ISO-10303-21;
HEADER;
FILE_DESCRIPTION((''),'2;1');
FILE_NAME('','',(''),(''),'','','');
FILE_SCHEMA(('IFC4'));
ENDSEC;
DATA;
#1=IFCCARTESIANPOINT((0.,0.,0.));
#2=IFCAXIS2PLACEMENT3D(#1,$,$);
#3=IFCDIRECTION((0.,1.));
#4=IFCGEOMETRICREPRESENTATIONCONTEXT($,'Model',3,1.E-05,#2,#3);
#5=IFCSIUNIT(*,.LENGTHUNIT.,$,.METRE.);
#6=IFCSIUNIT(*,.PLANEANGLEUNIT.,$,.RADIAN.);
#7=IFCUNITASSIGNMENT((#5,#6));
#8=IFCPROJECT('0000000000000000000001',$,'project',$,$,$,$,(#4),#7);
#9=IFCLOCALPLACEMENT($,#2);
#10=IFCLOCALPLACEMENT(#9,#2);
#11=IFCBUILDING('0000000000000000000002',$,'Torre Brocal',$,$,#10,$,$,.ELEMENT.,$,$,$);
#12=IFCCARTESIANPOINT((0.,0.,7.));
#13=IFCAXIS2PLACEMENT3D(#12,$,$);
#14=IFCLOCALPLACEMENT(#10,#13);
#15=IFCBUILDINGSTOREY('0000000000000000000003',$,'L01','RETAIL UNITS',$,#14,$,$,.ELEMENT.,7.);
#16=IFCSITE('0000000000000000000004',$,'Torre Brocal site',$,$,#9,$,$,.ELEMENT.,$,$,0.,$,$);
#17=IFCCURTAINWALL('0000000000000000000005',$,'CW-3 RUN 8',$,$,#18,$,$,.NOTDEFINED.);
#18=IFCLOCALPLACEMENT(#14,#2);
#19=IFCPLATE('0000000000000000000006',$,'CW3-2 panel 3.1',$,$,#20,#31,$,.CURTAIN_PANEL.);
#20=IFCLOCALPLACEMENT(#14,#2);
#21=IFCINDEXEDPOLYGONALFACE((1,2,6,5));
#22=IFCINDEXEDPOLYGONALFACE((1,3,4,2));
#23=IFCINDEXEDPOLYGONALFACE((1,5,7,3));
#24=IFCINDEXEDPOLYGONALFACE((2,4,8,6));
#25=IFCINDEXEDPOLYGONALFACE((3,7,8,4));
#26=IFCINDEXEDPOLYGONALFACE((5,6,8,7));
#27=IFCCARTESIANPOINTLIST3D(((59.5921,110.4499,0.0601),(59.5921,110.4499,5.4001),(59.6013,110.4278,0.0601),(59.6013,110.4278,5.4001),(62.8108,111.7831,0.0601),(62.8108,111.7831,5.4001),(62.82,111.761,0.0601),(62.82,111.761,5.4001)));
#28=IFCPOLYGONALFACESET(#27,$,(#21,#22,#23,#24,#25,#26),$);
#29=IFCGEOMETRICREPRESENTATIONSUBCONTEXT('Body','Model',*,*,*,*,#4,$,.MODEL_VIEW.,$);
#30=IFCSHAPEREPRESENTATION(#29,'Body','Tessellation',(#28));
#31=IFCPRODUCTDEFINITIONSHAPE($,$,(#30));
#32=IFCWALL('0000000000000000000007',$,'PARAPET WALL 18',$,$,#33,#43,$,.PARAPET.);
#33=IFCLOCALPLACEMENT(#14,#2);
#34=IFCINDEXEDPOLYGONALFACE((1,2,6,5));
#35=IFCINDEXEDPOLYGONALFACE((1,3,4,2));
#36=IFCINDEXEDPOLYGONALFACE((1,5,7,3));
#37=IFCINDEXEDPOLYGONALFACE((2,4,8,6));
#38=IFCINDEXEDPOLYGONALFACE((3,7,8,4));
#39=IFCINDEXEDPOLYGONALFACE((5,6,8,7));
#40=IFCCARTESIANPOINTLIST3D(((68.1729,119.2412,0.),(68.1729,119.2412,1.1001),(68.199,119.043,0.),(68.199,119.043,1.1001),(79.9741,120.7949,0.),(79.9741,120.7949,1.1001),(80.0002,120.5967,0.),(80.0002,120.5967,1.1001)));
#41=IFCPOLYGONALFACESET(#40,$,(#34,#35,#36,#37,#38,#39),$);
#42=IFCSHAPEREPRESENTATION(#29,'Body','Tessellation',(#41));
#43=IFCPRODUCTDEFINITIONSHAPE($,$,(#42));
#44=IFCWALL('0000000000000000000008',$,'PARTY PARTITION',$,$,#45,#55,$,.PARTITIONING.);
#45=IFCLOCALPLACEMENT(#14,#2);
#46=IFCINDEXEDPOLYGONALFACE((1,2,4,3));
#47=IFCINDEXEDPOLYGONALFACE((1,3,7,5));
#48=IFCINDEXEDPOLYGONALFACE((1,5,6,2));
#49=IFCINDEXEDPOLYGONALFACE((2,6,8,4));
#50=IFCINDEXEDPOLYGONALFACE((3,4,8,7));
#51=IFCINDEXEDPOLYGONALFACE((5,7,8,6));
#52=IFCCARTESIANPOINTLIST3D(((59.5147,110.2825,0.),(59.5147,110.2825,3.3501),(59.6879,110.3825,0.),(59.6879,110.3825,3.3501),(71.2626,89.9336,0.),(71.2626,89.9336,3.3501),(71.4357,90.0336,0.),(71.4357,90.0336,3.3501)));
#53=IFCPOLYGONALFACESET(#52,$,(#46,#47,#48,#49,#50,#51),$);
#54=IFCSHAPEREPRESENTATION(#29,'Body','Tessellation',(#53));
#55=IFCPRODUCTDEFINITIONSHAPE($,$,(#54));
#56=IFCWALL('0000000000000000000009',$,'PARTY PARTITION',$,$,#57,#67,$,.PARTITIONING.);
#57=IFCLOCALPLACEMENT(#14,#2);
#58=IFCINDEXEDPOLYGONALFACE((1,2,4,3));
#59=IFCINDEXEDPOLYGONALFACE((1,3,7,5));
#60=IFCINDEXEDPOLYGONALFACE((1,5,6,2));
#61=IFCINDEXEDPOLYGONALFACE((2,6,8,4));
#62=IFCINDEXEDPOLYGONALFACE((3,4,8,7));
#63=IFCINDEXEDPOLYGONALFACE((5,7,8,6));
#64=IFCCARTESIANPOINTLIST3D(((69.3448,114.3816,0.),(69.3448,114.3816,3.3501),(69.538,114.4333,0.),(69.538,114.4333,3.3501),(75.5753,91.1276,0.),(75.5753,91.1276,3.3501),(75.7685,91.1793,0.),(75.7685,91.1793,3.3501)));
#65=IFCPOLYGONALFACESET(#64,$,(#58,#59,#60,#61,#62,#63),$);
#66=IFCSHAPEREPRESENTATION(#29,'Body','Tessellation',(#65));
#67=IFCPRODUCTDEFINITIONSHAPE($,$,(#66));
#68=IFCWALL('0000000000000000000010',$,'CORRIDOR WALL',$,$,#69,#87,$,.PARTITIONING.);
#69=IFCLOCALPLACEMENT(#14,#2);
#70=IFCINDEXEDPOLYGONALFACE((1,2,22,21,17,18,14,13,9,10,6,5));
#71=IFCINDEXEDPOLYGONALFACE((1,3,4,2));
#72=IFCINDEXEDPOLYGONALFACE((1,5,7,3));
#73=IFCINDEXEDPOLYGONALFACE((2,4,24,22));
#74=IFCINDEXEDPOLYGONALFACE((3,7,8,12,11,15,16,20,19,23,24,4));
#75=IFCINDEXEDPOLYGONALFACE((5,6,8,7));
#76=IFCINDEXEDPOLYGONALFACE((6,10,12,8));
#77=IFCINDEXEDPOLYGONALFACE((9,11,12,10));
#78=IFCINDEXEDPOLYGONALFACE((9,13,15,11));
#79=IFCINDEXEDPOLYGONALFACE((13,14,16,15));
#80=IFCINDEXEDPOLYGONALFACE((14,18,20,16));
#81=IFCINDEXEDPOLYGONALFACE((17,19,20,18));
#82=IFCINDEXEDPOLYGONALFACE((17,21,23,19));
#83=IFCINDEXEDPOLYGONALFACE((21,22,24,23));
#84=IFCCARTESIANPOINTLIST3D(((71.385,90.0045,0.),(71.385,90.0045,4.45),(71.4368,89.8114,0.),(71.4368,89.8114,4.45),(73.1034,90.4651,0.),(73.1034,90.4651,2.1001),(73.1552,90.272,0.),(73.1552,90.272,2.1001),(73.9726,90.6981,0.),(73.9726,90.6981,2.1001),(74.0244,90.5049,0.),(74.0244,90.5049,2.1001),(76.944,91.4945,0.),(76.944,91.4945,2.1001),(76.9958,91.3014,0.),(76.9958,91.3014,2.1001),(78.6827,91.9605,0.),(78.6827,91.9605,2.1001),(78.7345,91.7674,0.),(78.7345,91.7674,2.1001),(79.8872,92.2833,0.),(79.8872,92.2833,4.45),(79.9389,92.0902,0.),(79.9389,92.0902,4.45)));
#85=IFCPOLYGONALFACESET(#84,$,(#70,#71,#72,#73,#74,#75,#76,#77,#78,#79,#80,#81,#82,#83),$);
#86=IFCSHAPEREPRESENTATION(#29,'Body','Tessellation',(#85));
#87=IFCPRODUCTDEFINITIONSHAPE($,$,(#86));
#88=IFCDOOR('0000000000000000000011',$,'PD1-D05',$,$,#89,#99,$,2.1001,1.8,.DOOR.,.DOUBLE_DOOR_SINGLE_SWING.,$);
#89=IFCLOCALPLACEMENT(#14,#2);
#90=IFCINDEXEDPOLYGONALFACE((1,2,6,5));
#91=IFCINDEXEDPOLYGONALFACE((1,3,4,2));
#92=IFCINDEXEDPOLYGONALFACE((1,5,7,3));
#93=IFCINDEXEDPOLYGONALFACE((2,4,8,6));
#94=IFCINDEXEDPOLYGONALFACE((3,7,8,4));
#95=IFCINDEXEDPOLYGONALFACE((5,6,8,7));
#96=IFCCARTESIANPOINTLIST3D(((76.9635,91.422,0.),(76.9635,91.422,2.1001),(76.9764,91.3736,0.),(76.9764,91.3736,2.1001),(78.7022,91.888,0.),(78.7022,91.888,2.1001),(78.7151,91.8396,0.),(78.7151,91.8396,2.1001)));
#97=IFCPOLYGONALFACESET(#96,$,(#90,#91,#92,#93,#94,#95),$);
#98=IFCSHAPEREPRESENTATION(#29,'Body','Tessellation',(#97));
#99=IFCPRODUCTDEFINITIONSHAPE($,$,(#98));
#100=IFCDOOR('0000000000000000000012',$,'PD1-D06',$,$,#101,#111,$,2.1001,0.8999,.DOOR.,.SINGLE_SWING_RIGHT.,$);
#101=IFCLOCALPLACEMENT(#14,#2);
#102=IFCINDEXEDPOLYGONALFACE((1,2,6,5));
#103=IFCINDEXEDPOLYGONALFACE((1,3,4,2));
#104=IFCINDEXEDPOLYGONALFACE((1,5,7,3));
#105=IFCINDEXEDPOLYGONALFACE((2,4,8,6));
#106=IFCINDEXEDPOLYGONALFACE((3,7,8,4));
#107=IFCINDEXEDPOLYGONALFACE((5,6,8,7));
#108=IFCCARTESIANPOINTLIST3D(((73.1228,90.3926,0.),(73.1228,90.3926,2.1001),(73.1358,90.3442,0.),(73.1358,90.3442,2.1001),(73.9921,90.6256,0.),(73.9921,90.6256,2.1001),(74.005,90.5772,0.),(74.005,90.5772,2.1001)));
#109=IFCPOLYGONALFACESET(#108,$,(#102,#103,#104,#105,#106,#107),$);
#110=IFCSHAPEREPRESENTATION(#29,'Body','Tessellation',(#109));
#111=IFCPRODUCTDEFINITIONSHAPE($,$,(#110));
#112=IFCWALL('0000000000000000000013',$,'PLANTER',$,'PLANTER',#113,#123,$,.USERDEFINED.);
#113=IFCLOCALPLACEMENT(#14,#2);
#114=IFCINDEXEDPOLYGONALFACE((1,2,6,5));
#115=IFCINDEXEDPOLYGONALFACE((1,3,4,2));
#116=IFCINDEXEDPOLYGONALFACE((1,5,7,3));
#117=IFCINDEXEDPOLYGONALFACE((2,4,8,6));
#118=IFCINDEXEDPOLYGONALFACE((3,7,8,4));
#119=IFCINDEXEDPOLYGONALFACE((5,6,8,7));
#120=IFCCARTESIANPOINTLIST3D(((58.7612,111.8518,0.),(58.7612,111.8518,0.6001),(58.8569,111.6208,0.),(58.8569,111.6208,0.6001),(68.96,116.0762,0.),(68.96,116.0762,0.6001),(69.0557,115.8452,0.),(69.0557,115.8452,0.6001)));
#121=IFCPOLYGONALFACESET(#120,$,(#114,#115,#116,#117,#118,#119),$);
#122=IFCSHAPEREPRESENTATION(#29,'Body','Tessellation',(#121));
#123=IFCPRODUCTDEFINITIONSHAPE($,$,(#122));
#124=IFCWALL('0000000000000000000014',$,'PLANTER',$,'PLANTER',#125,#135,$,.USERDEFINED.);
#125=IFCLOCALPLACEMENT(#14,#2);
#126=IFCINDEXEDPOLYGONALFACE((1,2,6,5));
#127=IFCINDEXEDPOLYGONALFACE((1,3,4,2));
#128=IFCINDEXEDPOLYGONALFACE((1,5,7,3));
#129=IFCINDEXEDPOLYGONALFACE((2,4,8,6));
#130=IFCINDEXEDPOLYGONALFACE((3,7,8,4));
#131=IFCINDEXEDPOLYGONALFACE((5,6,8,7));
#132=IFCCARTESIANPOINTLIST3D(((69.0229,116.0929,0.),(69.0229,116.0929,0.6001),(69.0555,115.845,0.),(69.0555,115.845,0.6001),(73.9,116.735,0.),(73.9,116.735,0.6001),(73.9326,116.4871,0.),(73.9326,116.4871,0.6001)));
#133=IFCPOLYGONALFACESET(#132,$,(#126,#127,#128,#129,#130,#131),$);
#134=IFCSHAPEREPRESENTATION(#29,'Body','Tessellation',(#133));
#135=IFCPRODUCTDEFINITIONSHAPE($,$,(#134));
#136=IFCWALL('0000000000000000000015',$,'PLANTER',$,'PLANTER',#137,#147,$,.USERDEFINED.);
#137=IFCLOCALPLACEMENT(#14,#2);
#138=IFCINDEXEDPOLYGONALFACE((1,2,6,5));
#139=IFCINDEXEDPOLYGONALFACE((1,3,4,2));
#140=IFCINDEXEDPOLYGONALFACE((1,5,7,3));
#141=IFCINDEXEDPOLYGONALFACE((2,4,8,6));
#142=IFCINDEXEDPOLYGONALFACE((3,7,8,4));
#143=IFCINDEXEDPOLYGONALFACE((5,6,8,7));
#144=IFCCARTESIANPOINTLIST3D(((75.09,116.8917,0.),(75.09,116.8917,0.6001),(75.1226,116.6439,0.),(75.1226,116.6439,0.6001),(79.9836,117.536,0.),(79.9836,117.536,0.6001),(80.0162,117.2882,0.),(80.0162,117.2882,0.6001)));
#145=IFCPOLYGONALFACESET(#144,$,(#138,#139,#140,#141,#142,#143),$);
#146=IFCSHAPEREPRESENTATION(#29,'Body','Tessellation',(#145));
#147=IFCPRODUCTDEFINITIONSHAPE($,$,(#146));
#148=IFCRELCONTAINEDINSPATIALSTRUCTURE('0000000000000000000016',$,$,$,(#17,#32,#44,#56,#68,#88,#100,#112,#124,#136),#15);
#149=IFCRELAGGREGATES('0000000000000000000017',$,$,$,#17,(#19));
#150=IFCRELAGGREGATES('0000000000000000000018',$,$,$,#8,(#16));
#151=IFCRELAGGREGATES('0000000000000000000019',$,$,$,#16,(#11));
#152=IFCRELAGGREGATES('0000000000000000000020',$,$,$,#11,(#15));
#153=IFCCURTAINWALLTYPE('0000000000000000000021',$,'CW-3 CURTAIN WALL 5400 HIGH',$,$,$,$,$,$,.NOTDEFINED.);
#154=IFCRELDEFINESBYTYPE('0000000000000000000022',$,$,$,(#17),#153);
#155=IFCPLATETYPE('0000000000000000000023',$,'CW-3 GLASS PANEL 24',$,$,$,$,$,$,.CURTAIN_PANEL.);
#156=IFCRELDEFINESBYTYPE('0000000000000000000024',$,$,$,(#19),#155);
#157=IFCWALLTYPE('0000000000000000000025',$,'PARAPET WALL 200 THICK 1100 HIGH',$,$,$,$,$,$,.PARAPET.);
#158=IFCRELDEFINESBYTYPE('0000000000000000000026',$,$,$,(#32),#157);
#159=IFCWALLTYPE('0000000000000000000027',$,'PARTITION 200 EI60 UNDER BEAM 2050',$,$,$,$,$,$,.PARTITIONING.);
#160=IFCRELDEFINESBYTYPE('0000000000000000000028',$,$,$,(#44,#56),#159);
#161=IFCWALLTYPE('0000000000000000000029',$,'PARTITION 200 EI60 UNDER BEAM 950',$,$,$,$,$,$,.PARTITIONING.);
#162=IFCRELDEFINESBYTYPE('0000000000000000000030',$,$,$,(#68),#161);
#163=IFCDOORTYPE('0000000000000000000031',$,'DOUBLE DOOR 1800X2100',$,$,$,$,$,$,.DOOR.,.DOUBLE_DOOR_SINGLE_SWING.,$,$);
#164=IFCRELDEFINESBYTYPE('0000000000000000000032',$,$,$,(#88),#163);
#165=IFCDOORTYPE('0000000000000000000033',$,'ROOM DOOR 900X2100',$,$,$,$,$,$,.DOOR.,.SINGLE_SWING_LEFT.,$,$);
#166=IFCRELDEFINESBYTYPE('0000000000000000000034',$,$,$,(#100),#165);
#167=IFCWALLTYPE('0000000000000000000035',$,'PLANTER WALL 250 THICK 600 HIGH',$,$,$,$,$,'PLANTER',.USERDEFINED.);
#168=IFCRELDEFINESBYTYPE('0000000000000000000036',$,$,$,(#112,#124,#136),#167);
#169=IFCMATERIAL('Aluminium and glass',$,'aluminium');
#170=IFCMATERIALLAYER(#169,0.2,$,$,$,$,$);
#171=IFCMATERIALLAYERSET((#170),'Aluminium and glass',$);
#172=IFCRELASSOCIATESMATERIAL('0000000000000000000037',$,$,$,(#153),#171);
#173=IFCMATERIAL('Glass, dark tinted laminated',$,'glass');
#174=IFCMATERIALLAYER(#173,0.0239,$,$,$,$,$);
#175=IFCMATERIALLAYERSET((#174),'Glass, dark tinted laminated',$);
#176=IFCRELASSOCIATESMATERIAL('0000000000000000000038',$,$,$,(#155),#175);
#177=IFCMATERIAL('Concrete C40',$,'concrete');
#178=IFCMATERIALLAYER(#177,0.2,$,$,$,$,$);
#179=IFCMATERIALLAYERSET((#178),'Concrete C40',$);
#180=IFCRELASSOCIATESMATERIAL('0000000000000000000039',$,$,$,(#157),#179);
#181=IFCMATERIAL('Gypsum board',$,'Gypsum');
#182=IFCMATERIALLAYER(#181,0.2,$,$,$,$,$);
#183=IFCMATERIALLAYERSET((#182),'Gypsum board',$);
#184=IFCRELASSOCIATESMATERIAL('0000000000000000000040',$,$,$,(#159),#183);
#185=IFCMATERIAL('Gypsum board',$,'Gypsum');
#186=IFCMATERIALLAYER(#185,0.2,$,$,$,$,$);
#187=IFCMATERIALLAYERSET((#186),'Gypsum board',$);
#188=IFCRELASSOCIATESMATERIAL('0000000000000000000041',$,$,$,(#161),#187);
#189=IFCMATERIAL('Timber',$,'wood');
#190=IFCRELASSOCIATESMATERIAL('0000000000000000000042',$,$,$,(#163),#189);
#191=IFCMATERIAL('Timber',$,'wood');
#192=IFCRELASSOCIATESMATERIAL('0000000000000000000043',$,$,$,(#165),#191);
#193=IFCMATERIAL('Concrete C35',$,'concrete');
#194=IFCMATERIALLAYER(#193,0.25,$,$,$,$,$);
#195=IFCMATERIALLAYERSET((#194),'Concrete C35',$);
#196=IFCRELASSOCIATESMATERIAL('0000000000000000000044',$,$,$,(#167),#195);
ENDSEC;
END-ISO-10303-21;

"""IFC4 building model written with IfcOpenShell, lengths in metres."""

from ifc_helpers import new_model, si_unit, direction, frame, frame_2d, origin, origin_2d, place, context, subcontext, project, spatial, rectangle, extrude, material, layer, layer_set, type_object, element, fill, aggregate, save


model = new_model("IFC4")

# Units and contexts
model_context = context("Model", 3, precision=1e-05, world=origin(), true_north=direction((0.0, 1.0)))
body_context = subcontext(model_context, "Body", "Model", "MODEL_VIEW")
ifc_project = project(units=[si_unit("LENGTHUNIT", "METRE"), si_unit("PLANEANGLEUNIT", "RADIAN")], contexts=[model_context])

# Site, building, storey
site_placement = place(None, origin())
site = spatial("IfcSite", under=ifc_project, at=site_placement, Name="Torre Brocal site", CompositionType="ELEMENT", RefElevation=0.0)
building_placement = place(site_placement, origin())
building = spatial("IfcBuilding", under=site, at=building_placement, Name="Torre Brocal", CompositionType="ELEMENT")
storey_placement = place(building_placement, frame((0.0, 0.0, 7.0)))
storey = spatial("IfcBuildingStorey", under=building, at=storey_placement, Name="L01", Description="RETAIL UNITS", CompositionType="ELEMENT", Elevation=7.0)

# Curtain wall
ifc_material_1 = material(Name="Aluminium and glass", Category="aluminium")
ifc_layer_1 = layer(ifc_material_1, 0.2)
ifc_layer_set_1 = layer_set([ifc_layer_1], Name="Aluminium and glass")
curtain_wall_type = type_object("IfcCurtainWallType", Name="CW-3 CURTAIN WALL 5400 HIGH", PredefinedType="NOTDEFINED", material=ifc_layer_set_1)
curtain_wall_1_placement = place(storey_placement, origin())
curtain_wall_1 = element("IfcCurtainWall", 1, at=curtain_wall_1_placement, inside=storey, type_object=curtain_wall_type, Name="CW-3 RUN 8", PredefinedType="NOTDEFINED")

# Plate
ifc_material_2 = material(Name="Glass, dark tinted laminated", Category="glass")
ifc_layer_2 = layer(ifc_material_2, 0.0239)
ifc_layer_set_2 = layer_set([ifc_layer_2], Name="Glass, dark tinted laminated")
plate_type = type_object("IfcPlateType", Name="CW-3 GLASS PANEL 24", PredefinedType="CURTAIN_PANEL", material=ifc_layer_set_2)
plate_1_placement = place(storey_placement, frame((61.2061, 111.1055, 0.0601), z_axis=(0.0, 0.0, 1.0), x_axis=(-0.92388, -0.382683, 0.0)))
plate_1 = element("IfcPlate", 2, at=plate_1_placement, type_object=plate_type, Name="CW3-2 panel 3.1", PredefinedType="CURTAIN_PANEL", context=body_context, shape_type="SweptSolid", body=[
    extrude(rectangle(XDim=3.4839, YDim=0.0239, at=origin_2d()), origin(), (0.0, 0.0, 1.0), 5.3401),
])
aggregate(curtain_wall_1, [plate_1])

# Walls
ifc_material_3 = material(Name="Concrete C40", Category="concrete")
ifc_layer_3 = layer(ifc_material_3, 0.2)
ifc_layer_set_3 = layer_set([ifc_layer_3], Name="Concrete C40")
wall_type_1 = type_object("IfcWallType", Name="PARAPET WALL 200 THICK 1100 HIGH", PredefinedType="PARAPET", material=ifc_layer_set_3)
wall_1_placement = place(storey_placement, frame((68.1858, 119.1421, 0.0), z_axis=(0.0, 0.0, 1.0), x_axis=(0.991444, 0.13053, 0.0)))
element("IfcWall", 3, at=wall_1_placement, inside=storey, type_object=wall_type_1, Name="PARAPET WALL 18", PredefinedType="PARAPET", context=body_context, shape_type="SweptSolid", body=[
    extrude(rectangle(XDim=11.9031, YDim=0.2, at=frame_2d((5.9517, 0.0))), origin(), (0.0, 0.0, 1.0), 1.1001),
])
ifc_material_4 = material(Name="Gypsum board", Category="Gypsum")
ifc_layer_4 = layer(ifc_material_4, 0.2)
ifc_layer_set_4 = layer_set([ifc_layer_4], Name="Gypsum board")
wall_type_2 = type_object("IfcWallType", Name="PARTITION 200 EI60 UNDER BEAM 2050", PredefinedType="PARTITIONING", material=ifc_layer_set_4)
wall_2_placement = place(storey_placement, frame((59.6013, 110.3325, 0.0), z_axis=(0.0, 0.0, 1.0), x_axis=(0.49998, -0.866037, 0.0)))
element("IfcWall", 4, at=wall_2_placement, inside=storey, type_object=wall_type_2, Name="PARTY PARTITION", PredefinedType="PARTITIONING", context=body_context, shape_type="SweptSolid", body=[
    extrude(rectangle(XDim=23.4966, YDim=0.2, at=frame_2d((11.7483, 0.0))), origin(), (0.0, 0.0, 1.0), 3.3501),
])
wall_3_placement = place(storey_placement, frame((69.4414, 114.4075, 0.0), z_axis=(0.0, 0.0, 1.0), x_axis=(0.258804, -0.96593, 0.0)))
element("IfcWall", 5, at=wall_3_placement, inside=storey, type_object=wall_type_2, Name="PARTY PARTITION", PredefinedType="PARTITIONING", context=body_context, shape_type="SweptSolid", body=[
    extrude(rectangle(XDim=24.0742, YDim=0.2, at=frame_2d((12.0371, 0.0))), origin(), (0.0, 0.0, 1.0), 3.3501),
])

# Wall, openings, doors
ifc_material_5 = material(Name="Gypsum board", Category="Gypsum")
ifc_layer_5 = layer(ifc_material_5, 0.2)
ifc_layer_set_5 = layer_set([ifc_layer_5], Name="Gypsum board")
wall_type_3 = type_object("IfcWallType", Name="PARTITION 200 EI60 UNDER BEAM 950", PredefinedType="PARTITIONING", material=ifc_layer_set_5)
wall_4_placement = place(storey_placement, frame((71.4109, 89.908, 0.0), z_axis=(0.0, 0.0, 1.0), x_axis=(0.965907, 0.258888, 0.0)))
wall_4 = element("IfcWall", 6, at=wall_4_placement, inside=storey, type_object=wall_type_3, Name="CORRIDOR WALL", PredefinedType="PARTITIONING", context=body_context, shape_type="SweptSolid", body=[
    extrude(rectangle(XDim=8.8022, YDim=0.2, at=frame_2d((4.4011, 0.0))), origin(), (0.0, 0.0, 1.0), 4.45),
])
opening_1_placement = place(wall_4_placement, frame((5.7554, 0.0, 0.0)))
opening_1 = element("IfcOpeningElement", 7, at=opening_1_placement, cuts=wall_4, PredefinedType="OPENING", context=body_context, shape_type="SweptSolid", body=[
    extrude(rectangle(XDim=1.8, YDim=2.1001, at=frame_2d((0.8999, 1.05))), frame((0.0, 0.1099, 0.0), z_axis=(0.0, -1.0, 0.0), x_axis=(1.0, 0.0, 0.0)), (0.0, 0.0, 1.0), 0.22),
])
opening_2_placement = place(wall_4_placement, frame((1.7791, 0.0, 0.0)))
opening_2 = element("IfcOpeningElement", 8, at=opening_2_placement, cuts=wall_4, PredefinedType="OPENING", context=body_context, shape_type="SweptSolid", body=[
    extrude(rectangle(XDim=0.8999, YDim=2.1001, at=frame_2d((0.45, 1.05))), frame((0.0, 0.1099, 0.0), z_axis=(0.0, -1.0, 0.0), x_axis=(1.0, 0.0, 0.0)), (0.0, 0.0, 1.0), 0.22),
])
ifc_material_6 = material(Name="Timber", Category="wood")
door_type_1 = type_object("IfcDoorType", Name="DOUBLE DOOR 1800X2100", OperationType="DOUBLE_DOOR_SINGLE_SWING", PredefinedType="DOOR", material=ifc_material_6)
door_1_placement = place(opening_1_placement, origin())
door_1 = element("IfcDoor", 9, at=door_1_placement, inside=storey, type_object=door_type_1, Name="PD1-D05", OperationType="DOUBLE_DOOR_SINGLE_SWING", OverallHeight=2.1001, OverallWidth=1.8, PredefinedType="DOOR", context=body_context, shape_type="SweptSolid", body=[
    extrude(rectangle(XDim=1.8, YDim=2.1001, at=frame_2d((0.8999, 1.05))), frame((0.0, 0.0249, 0.0), z_axis=(0.0, -1.0, 0.0), x_axis=(1.0, 0.0, 0.0)), (0.0, 0.0, 1.0), 0.05),
])
fill(opening_1, door_1)
ifc_material_7 = material(Name="Timber", Category="wood")
door_type_2 = type_object("IfcDoorType", Name="ROOM DOOR 900X2100", OperationType="SINGLE_SWING_LEFT", PredefinedType="DOOR", material=ifc_material_7)
door_2_placement = place(opening_2_placement, origin())
door_2 = element("IfcDoor", 10, at=door_2_placement, inside=storey, type_object=door_type_2, Name="PD1-D06", OperationType="SINGLE_SWING_RIGHT", OverallHeight=2.1001, OverallWidth=0.8999, PredefinedType="DOOR", context=body_context, shape_type="SweptSolid", body=[
    extrude(rectangle(XDim=0.8999, YDim=2.1001, at=frame_2d((0.45, 1.05))), frame((0.0, 0.0249, 0.0), z_axis=(0.0, -1.0, 0.0), x_axis=(1.0, 0.0, 0.0)), (0.0, 0.0, 1.0), 0.05),
])
fill(opening_2, door_2)

# Walls
ifc_material_8 = material(Name="Concrete C35", Category="concrete")
ifc_layer_6 = layer(ifc_material_8, 0.25)
ifc_layer_set_6 = layer_set([ifc_layer_6], Name="Concrete C35")
wall_type_4 = type_object("IfcWallType", Name="PLANTER WALL 250 THICK 600 HIGH", ElementType="PLANTER", PredefinedType="USERDEFINED", material=ifc_layer_set_6)
wall_5_placement = place(storey_placement, frame((58.8091, 111.7363, 0.0), z_axis=(0.0, 0.0, 1.0), x_axis=(0.923882, 0.382677, 0.0)))
element("IfcWall", 11, at=wall_5_placement, inside=storey, type_object=wall_type_4, Name="PLANTER", ObjectType="PLANTER", PredefinedType="USERDEFINED", context=body_context, shape_type="SweptSolid", body=[
    extrude(rectangle(XDim=11.0391, YDim=0.25, at=frame_2d((5.5195, 0.0))), origin(), (0.0, 0.0, 1.0), 0.6001),
])
wall_6_placement = place(storey_placement, frame((69.0393, 115.969, 0.0), z_axis=(0.0, 0.0, 1.0), x_axis=(0.991445, 0.130525, 0.0)))
element("IfcWall", 12, at=wall_6_placement, inside=storey, type_object=wall_type_4, Name="PLANTER", ObjectType="PLANTER", PredefinedType="USERDEFINED", context=body_context, shape_type="SweptSolid", body=[
    extrude(rectangle(XDim=4.9192, YDim=0.25, at=frame_2d((2.4595, 0.0))), origin(), (0.0, 0.0, 1.0), 0.6001),
])
wall_7_placement = place(storey_placement, frame((75.1064, 116.7678, 0.0), z_axis=(0.0, 0.0, 1.0), x_axis=(0.991444, 0.130534, 0.0)))
element("IfcWall", 13, at=wall_7_placement, inside=storey, type_object=wall_type_4, Name="PLANTER", ObjectType="PLANTER", PredefinedType="USERDEFINED", context=body_context, shape_type="SweptSolid", body=[
    extrude(rectangle(XDim=4.9358, YDim=0.25, at=frame_2d((2.4678, 0.0))), origin(), (0.0, 0.0, 1.0), 0.6001),
])

save(model, "model.ifc")
